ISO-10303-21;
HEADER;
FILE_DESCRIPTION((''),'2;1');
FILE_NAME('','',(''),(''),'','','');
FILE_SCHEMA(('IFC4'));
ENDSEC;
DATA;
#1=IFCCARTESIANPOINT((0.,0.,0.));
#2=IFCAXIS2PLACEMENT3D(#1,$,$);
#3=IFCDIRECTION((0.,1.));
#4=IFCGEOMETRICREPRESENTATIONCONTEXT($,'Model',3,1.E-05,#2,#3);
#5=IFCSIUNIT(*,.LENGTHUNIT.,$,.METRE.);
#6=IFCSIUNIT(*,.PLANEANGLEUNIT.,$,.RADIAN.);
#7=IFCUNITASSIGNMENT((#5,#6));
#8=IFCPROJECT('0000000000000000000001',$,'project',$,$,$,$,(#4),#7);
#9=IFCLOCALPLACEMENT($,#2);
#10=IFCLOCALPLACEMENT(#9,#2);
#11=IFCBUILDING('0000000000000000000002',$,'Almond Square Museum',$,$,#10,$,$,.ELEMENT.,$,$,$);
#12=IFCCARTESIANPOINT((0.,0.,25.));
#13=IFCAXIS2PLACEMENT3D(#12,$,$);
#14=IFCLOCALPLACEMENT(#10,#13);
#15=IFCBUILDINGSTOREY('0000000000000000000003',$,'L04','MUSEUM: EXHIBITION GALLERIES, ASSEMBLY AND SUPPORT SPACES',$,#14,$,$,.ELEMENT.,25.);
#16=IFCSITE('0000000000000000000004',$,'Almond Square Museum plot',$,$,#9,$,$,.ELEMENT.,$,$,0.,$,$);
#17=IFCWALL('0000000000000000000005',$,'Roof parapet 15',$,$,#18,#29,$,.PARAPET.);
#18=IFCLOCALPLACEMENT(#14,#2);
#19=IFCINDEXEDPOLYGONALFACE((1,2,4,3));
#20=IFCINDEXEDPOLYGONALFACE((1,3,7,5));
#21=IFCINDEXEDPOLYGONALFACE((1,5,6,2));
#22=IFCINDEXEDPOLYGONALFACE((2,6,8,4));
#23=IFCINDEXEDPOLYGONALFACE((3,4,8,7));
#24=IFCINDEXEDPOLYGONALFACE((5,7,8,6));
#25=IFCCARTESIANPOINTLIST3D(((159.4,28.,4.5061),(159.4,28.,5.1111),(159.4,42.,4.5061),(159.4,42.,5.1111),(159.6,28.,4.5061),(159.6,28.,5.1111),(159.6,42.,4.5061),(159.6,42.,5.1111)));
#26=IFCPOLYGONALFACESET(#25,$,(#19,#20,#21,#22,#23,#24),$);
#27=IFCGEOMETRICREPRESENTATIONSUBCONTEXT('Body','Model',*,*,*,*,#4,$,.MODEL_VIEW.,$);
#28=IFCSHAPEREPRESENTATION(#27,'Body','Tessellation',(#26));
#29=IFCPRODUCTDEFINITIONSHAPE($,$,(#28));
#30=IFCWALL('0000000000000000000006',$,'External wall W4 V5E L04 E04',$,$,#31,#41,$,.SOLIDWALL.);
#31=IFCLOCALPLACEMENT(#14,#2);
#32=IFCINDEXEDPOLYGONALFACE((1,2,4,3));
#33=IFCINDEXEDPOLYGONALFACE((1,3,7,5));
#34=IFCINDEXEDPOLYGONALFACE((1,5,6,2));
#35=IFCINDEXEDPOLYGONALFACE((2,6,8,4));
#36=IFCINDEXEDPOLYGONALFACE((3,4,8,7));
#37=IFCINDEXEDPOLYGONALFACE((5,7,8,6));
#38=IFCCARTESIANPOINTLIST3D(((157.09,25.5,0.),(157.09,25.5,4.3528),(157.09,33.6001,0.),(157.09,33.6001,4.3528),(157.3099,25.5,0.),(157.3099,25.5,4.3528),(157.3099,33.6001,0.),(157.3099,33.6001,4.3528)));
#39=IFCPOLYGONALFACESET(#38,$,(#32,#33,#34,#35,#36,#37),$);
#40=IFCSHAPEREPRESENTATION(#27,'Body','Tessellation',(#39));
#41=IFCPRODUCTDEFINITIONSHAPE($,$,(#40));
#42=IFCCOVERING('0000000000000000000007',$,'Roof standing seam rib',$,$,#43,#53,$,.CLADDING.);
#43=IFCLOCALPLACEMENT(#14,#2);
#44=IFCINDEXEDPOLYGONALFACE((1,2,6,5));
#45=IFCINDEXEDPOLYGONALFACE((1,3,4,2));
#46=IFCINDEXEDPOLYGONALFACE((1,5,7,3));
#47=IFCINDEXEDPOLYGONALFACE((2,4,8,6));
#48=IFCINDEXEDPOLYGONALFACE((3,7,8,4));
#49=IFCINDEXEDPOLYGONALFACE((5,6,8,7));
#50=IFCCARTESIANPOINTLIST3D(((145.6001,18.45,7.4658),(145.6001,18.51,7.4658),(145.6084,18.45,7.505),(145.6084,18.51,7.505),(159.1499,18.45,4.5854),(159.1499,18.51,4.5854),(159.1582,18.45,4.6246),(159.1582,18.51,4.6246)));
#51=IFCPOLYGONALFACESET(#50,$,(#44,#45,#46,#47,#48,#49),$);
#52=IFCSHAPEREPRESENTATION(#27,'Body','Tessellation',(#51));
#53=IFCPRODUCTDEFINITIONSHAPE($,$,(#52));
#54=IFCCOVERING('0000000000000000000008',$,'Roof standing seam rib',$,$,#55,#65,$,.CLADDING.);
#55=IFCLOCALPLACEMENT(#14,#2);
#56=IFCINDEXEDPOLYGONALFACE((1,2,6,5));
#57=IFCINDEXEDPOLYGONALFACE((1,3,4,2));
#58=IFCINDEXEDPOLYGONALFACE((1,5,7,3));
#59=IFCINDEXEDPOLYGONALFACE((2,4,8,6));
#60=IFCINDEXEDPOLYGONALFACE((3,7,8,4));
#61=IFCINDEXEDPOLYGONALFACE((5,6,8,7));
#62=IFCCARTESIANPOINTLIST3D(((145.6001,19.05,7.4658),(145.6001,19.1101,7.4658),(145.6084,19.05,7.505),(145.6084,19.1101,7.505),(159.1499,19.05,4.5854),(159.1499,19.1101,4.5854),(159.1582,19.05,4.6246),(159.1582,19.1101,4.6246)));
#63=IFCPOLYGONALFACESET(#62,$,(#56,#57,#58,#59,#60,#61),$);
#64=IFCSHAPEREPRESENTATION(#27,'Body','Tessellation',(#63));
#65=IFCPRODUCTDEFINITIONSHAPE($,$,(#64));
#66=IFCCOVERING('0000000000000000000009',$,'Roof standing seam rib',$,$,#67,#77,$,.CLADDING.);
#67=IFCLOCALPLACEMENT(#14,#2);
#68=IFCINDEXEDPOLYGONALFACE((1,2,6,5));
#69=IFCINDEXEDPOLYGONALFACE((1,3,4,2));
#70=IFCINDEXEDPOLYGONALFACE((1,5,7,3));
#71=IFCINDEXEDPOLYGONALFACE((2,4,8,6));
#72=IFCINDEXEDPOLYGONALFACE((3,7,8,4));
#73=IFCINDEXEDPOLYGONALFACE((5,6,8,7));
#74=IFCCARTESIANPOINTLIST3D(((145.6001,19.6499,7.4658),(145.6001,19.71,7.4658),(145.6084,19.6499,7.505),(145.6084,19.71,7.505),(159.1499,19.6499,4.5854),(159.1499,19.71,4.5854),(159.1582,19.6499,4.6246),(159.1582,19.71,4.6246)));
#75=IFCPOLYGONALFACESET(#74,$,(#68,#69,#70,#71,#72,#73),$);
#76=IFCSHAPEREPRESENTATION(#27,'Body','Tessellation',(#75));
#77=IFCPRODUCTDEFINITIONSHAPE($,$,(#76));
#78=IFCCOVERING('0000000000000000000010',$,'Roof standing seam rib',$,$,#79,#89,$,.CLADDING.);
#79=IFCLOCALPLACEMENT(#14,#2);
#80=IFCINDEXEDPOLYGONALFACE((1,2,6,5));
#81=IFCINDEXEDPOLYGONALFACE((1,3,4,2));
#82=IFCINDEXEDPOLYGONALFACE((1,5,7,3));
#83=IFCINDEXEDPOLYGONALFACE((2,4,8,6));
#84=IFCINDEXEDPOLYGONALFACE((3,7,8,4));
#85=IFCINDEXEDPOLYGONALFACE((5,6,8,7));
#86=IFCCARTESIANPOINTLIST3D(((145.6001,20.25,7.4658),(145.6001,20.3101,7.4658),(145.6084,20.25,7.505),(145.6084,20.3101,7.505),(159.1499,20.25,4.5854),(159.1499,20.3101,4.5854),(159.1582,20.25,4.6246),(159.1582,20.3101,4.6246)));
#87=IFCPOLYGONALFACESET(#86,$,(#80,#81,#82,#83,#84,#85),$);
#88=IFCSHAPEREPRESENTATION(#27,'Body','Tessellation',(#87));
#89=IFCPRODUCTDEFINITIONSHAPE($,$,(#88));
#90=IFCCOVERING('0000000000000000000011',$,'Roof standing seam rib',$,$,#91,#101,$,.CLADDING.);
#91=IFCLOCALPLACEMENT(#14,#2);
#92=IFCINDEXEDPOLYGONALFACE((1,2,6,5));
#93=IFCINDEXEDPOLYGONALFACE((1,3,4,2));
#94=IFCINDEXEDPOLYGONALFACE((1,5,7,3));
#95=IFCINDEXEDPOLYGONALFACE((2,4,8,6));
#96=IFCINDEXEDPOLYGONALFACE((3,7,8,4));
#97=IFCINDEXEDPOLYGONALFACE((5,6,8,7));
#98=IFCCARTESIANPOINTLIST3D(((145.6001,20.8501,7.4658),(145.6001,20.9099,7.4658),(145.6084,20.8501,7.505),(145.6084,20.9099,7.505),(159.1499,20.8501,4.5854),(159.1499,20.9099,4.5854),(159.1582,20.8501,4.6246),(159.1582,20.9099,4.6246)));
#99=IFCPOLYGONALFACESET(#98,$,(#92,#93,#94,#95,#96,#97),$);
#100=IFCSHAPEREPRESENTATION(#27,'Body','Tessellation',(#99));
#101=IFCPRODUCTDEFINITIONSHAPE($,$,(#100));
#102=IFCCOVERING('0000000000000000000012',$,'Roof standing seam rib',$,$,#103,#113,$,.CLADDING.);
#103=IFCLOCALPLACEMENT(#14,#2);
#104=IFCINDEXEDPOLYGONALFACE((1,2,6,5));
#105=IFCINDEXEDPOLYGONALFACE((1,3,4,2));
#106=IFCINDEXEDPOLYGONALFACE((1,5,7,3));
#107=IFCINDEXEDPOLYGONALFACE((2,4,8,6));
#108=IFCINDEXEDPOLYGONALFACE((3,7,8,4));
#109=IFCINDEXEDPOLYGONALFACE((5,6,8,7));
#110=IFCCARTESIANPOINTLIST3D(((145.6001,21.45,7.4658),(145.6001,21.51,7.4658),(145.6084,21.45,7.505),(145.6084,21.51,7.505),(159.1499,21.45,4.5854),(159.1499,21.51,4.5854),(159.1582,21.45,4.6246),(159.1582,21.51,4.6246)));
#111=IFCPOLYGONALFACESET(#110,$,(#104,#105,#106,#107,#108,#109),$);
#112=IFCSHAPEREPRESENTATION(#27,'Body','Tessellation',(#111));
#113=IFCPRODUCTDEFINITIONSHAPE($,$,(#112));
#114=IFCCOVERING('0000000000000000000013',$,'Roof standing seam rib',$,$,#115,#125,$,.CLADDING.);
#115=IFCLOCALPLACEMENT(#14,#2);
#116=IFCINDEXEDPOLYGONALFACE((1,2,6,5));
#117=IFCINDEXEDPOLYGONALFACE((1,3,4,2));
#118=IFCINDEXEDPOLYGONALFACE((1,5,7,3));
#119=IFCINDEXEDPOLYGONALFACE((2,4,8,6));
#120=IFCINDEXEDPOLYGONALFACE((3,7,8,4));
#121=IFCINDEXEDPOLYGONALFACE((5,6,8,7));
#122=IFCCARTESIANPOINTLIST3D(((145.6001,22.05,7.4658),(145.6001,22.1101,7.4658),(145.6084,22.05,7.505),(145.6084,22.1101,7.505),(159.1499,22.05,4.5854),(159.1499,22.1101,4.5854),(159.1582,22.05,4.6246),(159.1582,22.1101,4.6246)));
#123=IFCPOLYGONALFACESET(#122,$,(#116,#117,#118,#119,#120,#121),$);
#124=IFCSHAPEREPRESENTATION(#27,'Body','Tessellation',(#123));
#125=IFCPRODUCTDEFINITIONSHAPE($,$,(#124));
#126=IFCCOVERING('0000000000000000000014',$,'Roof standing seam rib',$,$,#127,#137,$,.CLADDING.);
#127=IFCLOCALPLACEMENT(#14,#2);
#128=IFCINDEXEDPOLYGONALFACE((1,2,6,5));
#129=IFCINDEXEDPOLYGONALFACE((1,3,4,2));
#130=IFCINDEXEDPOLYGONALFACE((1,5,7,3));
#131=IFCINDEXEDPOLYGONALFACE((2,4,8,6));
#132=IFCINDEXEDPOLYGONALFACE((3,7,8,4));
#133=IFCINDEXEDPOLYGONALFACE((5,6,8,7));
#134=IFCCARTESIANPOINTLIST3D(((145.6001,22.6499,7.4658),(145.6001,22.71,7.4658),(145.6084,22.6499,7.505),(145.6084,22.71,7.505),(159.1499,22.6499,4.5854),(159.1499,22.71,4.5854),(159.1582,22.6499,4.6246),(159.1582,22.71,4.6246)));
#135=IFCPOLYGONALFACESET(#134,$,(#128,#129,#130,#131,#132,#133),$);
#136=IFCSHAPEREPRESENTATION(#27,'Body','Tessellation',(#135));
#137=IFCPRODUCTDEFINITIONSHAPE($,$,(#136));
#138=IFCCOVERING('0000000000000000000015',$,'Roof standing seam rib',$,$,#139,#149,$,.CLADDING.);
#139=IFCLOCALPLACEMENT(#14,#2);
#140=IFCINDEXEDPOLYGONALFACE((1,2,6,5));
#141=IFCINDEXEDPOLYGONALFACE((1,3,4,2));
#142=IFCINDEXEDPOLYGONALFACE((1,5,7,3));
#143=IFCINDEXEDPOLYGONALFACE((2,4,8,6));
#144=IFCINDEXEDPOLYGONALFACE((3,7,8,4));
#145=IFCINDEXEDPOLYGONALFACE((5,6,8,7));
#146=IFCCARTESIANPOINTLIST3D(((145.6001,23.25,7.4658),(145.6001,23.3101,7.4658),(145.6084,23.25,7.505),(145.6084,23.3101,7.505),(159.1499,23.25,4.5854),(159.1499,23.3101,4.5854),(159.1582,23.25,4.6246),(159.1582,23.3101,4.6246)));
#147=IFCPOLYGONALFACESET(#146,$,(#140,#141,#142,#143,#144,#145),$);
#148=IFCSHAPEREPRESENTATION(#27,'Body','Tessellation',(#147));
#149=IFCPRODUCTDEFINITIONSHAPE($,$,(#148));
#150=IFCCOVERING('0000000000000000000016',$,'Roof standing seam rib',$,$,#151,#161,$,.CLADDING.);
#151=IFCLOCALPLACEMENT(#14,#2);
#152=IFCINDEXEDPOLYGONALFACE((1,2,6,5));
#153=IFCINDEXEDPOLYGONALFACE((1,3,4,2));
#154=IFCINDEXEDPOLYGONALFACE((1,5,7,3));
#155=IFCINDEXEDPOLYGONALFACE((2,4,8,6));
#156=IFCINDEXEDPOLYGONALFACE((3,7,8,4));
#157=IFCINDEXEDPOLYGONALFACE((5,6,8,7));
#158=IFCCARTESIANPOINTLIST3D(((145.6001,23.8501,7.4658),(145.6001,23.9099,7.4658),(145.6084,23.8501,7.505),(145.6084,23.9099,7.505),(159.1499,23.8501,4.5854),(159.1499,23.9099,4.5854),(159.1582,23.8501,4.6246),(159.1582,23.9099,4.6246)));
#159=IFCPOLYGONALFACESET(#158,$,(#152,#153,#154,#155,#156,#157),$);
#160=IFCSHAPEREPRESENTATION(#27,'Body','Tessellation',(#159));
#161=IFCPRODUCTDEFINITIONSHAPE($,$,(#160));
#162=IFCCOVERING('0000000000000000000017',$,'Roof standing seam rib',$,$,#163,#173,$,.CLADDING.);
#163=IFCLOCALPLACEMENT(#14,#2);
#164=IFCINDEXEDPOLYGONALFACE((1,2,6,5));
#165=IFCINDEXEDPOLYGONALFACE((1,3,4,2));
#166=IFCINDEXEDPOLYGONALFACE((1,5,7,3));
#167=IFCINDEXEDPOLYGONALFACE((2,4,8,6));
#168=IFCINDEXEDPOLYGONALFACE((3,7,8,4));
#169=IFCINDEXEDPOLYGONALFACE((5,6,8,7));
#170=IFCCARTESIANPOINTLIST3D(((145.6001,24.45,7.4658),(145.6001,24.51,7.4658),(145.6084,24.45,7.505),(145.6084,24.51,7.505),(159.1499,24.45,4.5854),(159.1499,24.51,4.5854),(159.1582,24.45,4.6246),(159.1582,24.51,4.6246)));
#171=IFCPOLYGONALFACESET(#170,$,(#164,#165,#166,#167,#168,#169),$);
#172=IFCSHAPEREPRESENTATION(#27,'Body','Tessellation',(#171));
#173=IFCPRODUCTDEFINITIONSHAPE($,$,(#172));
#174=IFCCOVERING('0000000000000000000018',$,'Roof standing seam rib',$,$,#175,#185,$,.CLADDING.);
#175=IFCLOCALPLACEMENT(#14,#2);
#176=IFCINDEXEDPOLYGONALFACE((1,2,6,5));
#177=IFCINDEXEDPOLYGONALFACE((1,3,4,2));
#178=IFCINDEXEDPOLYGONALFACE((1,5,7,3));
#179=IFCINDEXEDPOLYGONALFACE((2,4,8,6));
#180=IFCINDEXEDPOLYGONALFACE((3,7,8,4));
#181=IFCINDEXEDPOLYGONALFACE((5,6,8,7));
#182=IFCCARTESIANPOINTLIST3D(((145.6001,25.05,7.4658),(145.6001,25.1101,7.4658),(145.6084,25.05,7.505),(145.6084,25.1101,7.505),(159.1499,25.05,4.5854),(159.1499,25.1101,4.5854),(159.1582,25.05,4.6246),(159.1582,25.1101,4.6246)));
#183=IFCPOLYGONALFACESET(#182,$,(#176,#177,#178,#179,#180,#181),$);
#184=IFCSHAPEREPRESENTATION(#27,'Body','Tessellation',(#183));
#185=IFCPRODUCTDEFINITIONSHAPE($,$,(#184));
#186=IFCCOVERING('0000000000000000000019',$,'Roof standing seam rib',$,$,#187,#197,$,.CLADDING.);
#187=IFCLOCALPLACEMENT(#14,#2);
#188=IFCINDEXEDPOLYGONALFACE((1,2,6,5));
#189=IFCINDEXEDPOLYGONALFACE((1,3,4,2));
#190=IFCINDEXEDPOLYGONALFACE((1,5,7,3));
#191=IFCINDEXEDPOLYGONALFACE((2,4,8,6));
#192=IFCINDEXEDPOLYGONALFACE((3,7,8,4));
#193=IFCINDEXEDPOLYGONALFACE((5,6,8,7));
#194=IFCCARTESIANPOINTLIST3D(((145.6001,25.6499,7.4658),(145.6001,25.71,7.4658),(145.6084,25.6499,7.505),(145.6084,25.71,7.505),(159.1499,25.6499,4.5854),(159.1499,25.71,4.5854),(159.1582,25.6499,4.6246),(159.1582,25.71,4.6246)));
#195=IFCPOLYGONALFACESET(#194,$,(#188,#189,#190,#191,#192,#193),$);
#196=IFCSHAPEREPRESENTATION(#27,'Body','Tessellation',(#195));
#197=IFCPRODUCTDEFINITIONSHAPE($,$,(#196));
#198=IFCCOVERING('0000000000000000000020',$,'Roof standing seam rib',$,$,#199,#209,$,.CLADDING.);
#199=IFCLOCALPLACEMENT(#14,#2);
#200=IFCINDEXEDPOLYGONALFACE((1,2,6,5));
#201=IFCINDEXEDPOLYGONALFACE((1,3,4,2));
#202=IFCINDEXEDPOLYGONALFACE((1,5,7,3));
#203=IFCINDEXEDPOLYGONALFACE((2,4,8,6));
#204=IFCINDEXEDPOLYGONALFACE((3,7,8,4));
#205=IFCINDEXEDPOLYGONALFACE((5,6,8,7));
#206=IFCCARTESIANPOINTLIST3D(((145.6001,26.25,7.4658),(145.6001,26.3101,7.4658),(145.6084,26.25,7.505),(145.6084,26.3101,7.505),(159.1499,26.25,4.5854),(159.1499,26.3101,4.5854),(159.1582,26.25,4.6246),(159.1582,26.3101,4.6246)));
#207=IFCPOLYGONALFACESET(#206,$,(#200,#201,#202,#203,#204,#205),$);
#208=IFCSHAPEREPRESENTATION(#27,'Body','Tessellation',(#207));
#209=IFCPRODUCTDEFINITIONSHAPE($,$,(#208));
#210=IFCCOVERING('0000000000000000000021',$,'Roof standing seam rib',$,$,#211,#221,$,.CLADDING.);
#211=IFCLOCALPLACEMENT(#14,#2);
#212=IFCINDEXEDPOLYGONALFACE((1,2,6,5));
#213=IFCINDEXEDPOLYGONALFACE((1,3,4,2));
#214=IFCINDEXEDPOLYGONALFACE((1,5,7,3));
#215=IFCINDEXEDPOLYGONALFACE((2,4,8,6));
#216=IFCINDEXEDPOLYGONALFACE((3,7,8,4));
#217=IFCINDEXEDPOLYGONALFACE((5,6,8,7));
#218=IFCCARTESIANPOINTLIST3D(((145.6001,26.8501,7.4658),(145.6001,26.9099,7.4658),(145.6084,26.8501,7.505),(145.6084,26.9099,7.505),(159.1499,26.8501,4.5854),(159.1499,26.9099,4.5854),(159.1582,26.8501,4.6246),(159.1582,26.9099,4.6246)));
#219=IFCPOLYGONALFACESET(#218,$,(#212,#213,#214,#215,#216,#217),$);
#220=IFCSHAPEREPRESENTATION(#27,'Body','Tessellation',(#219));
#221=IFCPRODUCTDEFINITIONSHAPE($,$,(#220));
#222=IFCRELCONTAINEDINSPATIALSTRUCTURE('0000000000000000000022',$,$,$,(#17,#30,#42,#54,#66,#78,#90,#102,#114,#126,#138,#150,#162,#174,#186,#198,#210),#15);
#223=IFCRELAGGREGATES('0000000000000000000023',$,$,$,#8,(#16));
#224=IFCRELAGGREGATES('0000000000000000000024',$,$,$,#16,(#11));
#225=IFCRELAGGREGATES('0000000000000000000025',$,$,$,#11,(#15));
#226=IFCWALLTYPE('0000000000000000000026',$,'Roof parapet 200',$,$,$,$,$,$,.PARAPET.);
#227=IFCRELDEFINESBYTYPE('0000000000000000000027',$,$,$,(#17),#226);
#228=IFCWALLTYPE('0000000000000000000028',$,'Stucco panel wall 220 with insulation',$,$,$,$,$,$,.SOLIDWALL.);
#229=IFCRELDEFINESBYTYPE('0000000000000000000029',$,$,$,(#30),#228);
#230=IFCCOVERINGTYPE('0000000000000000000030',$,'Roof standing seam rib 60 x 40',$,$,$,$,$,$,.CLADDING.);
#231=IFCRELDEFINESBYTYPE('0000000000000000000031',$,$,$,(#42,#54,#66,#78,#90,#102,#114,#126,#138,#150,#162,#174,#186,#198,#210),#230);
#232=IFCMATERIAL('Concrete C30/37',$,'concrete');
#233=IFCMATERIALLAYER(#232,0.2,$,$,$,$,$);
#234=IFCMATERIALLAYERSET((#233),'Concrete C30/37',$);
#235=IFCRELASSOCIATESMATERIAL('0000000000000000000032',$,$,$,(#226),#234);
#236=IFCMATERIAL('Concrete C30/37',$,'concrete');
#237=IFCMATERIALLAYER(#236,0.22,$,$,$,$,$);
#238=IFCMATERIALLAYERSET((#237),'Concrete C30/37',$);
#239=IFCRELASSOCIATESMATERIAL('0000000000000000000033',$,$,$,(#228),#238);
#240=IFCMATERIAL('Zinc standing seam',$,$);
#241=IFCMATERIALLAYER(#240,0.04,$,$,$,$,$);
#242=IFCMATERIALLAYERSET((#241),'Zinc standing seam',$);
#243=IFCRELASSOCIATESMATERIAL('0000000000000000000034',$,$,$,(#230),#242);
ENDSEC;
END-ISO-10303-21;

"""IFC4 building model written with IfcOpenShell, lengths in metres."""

from ifc_helpers import new_model, si_unit, direction, frame, frame_2d, origin, place, context, subcontext, project, spatial, polyline, rectangle, outline, extrude, material, layer, layer_set, type_object, element, save


model = new_model("IFC4")

# Units and contexts
model_context = context("Model", 3, precision=1e-05, world=origin(), true_north=direction((0.0, 1.0)))
body_context = subcontext(model_context, "Body", "Model", "MODEL_VIEW")
ifc_project = project(units=[si_unit("LENGTHUNIT", "METRE"), si_unit("PLANEANGLEUNIT", "RADIAN")], contexts=[model_context])

# Site, building, storey
site_placement = place(None, origin())
site = spatial("IfcSite", under=ifc_project, at=site_placement, Name="Almond Square Museum plot", CompositionType="ELEMENT", RefElevation=0.0)
building_placement = place(site_placement, origin())
building = spatial("IfcBuilding", under=site, at=building_placement, Name="Almond Square Museum", CompositionType="ELEMENT")
storey_placement = place(building_placement, frame((0.0, 0.0, 25.0)))
storey = spatial("IfcBuildingStorey", under=building, at=storey_placement, Name="L04", Description="MUSEUM: EXHIBITION GALLERIES, ASSEMBLY AND SUPPORT SPACES", CompositionType="ELEMENT", Elevation=25.0)

# Walls
ifc_material_1 = material(Name="Concrete C30/37", Category="concrete")
ifc_layer_1 = layer(ifc_material_1, 0.2)
ifc_layer_set_1 = layer_set([ifc_layer_1], Name="Concrete C30/37")
wall_type_1 = type_object("IfcWallType", Name="Roof parapet 200", PredefinedType="PARAPET", material=ifc_layer_set_1)
wall_1_placement = place(storey_placement, frame((159.5, 28.0, 4.5061), z_axis=(0.0, 0.0, 1.0), x_axis=(0.0, 1.0, 0.0)))
element("IfcWall", 1, at=wall_1_placement, inside=storey, type_object=wall_type_1, Name="Roof parapet 15", PredefinedType="PARAPET", context=body_context, shape_type="SweptSolid", body=[
    extrude(rectangle(XDim=14.0, YDim=0.2, at=frame_2d((7.0, 0.0))), origin(), (0.0, 0.0, 1.0), 0.605),
])
ifc_material_2 = material(Name="Concrete C30/37", Category="concrete")
ifc_layer_2 = layer(ifc_material_2, 0.22)
ifc_layer_set_2 = layer_set([ifc_layer_2], Name="Concrete C30/37")
wall_type_2 = type_object("IfcWallType", Name="Stucco panel wall 220 with insulation", PredefinedType="SOLIDWALL", material=ifc_layer_set_2)
wall_2_placement = place(storey_placement, frame((157.2, 25.5, 0.0), z_axis=(0.0, 0.0, 1.0), x_axis=(0.0, 1.0, 0.0)))
element("IfcWall", 2, at=wall_2_placement, inside=storey, type_object=wall_type_2, Name="External wall W4 V5E L04 E04", PredefinedType="SOLIDWALL", context=body_context, shape_type="SweptSolid", body=[
    extrude(rectangle(XDim=8.1001, YDim=0.22, at=frame_2d((4.05, 0.0))), origin(), (0.0, 0.0, 1.0), 4.3528),
])

# Coverings
ifc_material_3 = material(Name="Zinc standing seam")
ifc_layer_3 = layer(ifc_material_3, 0.04)
ifc_layer_set_3 = layer_set([ifc_layer_3], Name="Zinc standing seam")
covering_type = type_object("IfcCoveringType", Name="Roof standing seam rib 60 x 40", PredefinedType="CLADDING", material=ifc_layer_set_3)
for number, where, z_axis, x_axis, name in (
    (3, (159.1499, 18.45, 4.5854), (0.20793, 0.0, 0.978144), (0.0, 1.0, 0.0), "Roof standing seam rib"),
    (4, (159.1499, 19.05, 4.5854), (0.20793, 0.0, 0.978144), (0.0, 1.0, 0.0), "Roof standing seam rib"),
    (5, (159.1499, 19.6499, 4.5854), (0.20793, 0.0, 0.978144), (0.0, 1.0, 0.0), "Roof standing seam rib"),
    (6, (159.1499, 20.25, 4.5854), (0.20793, 0.0, 0.978144), (0.0, 1.0, 0.0), "Roof standing seam rib"),
):
    element("IfcCovering", number, at=place(storey_placement, frame(where, z_axis=z_axis, x_axis=x_axis)), inside=storey, type_object=covering_type, Name=name, PredefinedType="CLADDING", context=body_context, shape_type="SweptSolid", body=[
        extrude(outline(polyline([(0.0, 0.0), (0.0601, 0.0), (0.0601, 13.8526), (0.0, 13.8526), (0.0, 0.0)])), origin(), (0.0, 0.0, 1.0), 0.04),
    ])
covering_1_placement = place(storey_placement, frame((159.1499, 20.8501, 4.5854), z_axis=(0.20793, 0.0, 0.978144), x_axis=(0.0, 1.0, 0.0)))
element("IfcCovering", 7, at=covering_1_placement, inside=storey, type_object=covering_type, Name="Roof standing seam rib", PredefinedType="CLADDING", context=body_context, shape_type="SweptSolid", body=[
    extrude(outline(polyline([(0.0, 0.0), (0.0598, 0.0), (0.0598, 13.8526), (0.0, 13.8526), (0.0, 0.0)])), origin(), (0.0, 0.0, 1.0), 0.04),
])
for number, where, z_axis, x_axis, name in (
    (8, (159.1499, 21.45, 4.5854), (0.20793, 0.0, 0.978144), (0.0, 1.0, 0.0), "Roof standing seam rib"),
    (9, (159.1499, 22.05, 4.5854), (0.20793, 0.0, 0.978144), (0.0, 1.0, 0.0), "Roof standing seam rib"),
    (10, (159.1499, 22.6499, 4.5854), (0.20793, 0.0, 0.978144), (0.0, 1.0, 0.0), "Roof standing seam rib"),
    (11, (159.1499, 23.25, 4.5854), (0.20793, 0.0, 0.978144), (0.0, 1.0, 0.0), "Roof standing seam rib"),
):
    element("IfcCovering", number, at=place(storey_placement, frame(where, z_axis=z_axis, x_axis=x_axis)), inside=storey, type_object=covering_type, Name=name, PredefinedType="CLADDING", context=body_context, shape_type="SweptSolid", body=[
        extrude(outline(polyline([(0.0, 0.0), (0.0601, 0.0), (0.0601, 13.8526), (0.0, 13.8526), (0.0, 0.0)])), origin(), (0.0, 0.0, 1.0), 0.04),
    ])
covering_2_placement = place(storey_placement, frame((159.1499, 23.8501, 4.5854), z_axis=(0.20793, 0.0, 0.978144), x_axis=(0.0, 1.0, 0.0)))
element("IfcCovering", 12, at=covering_2_placement, inside=storey, type_object=covering_type, Name="Roof standing seam rib", PredefinedType="CLADDING", context=body_context, shape_type="SweptSolid", body=[
    extrude(outline(polyline([(0.0, 0.0), (0.0598, 0.0), (0.0598, 13.8526), (0.0, 13.8526), (0.0, 0.0)])), origin(), (0.0, 0.0, 1.0), 0.04),
])
for number, where, z_axis, x_axis, name in (
    (13, (159.1499, 24.45, 4.5854), (0.20793, 0.0, 0.978144), (0.0, 1.0, 0.0), "Roof standing seam rib"),
    (14, (159.1499, 25.05, 4.5854), (0.20793, 0.0, 0.978144), (0.0, 1.0, 0.0), "Roof standing seam rib"),
    (15, (159.1499, 25.6499, 4.5854), (0.20793, 0.0, 0.978144), (0.0, 1.0, 0.0), "Roof standing seam rib"),
    (16, (159.1499, 26.25, 4.5854), (0.20793, 0.0, 0.978144), (0.0, 1.0, 0.0), "Roof standing seam rib"),
):
    element("IfcCovering", number, at=place(storey_placement, frame(where, z_axis=z_axis, x_axis=x_axis)), inside=storey, type_object=covering_type, Name=name, PredefinedType="CLADDING", context=body_context, shape_type="SweptSolid", body=[
        extrude(outline(polyline([(0.0, 0.0), (0.0601, 0.0), (0.0601, 13.8526), (0.0, 13.8526), (0.0, 0.0)])), origin(), (0.0, 0.0, 1.0), 0.04),
    ])
covering_3_placement = place(storey_placement, frame((159.1499, 26.8501, 4.5854), z_axis=(0.20793, 0.0, 0.978144), x_axis=(0.0, 1.0, 0.0)))
element("IfcCovering", 17, at=covering_3_placement, inside=storey, type_object=covering_type, Name="Roof standing seam rib", PredefinedType="CLADDING", context=body_context, shape_type="SweptSolid", body=[
    extrude(outline(polyline([(0.0, 0.0), (0.0598, 0.0), (0.0598, 13.8526), (0.0, 13.8526), (0.0, 0.0)])), origin(), (0.0, 0.0, 1.0), 0.04),
])

save(model, "model.ifc")
